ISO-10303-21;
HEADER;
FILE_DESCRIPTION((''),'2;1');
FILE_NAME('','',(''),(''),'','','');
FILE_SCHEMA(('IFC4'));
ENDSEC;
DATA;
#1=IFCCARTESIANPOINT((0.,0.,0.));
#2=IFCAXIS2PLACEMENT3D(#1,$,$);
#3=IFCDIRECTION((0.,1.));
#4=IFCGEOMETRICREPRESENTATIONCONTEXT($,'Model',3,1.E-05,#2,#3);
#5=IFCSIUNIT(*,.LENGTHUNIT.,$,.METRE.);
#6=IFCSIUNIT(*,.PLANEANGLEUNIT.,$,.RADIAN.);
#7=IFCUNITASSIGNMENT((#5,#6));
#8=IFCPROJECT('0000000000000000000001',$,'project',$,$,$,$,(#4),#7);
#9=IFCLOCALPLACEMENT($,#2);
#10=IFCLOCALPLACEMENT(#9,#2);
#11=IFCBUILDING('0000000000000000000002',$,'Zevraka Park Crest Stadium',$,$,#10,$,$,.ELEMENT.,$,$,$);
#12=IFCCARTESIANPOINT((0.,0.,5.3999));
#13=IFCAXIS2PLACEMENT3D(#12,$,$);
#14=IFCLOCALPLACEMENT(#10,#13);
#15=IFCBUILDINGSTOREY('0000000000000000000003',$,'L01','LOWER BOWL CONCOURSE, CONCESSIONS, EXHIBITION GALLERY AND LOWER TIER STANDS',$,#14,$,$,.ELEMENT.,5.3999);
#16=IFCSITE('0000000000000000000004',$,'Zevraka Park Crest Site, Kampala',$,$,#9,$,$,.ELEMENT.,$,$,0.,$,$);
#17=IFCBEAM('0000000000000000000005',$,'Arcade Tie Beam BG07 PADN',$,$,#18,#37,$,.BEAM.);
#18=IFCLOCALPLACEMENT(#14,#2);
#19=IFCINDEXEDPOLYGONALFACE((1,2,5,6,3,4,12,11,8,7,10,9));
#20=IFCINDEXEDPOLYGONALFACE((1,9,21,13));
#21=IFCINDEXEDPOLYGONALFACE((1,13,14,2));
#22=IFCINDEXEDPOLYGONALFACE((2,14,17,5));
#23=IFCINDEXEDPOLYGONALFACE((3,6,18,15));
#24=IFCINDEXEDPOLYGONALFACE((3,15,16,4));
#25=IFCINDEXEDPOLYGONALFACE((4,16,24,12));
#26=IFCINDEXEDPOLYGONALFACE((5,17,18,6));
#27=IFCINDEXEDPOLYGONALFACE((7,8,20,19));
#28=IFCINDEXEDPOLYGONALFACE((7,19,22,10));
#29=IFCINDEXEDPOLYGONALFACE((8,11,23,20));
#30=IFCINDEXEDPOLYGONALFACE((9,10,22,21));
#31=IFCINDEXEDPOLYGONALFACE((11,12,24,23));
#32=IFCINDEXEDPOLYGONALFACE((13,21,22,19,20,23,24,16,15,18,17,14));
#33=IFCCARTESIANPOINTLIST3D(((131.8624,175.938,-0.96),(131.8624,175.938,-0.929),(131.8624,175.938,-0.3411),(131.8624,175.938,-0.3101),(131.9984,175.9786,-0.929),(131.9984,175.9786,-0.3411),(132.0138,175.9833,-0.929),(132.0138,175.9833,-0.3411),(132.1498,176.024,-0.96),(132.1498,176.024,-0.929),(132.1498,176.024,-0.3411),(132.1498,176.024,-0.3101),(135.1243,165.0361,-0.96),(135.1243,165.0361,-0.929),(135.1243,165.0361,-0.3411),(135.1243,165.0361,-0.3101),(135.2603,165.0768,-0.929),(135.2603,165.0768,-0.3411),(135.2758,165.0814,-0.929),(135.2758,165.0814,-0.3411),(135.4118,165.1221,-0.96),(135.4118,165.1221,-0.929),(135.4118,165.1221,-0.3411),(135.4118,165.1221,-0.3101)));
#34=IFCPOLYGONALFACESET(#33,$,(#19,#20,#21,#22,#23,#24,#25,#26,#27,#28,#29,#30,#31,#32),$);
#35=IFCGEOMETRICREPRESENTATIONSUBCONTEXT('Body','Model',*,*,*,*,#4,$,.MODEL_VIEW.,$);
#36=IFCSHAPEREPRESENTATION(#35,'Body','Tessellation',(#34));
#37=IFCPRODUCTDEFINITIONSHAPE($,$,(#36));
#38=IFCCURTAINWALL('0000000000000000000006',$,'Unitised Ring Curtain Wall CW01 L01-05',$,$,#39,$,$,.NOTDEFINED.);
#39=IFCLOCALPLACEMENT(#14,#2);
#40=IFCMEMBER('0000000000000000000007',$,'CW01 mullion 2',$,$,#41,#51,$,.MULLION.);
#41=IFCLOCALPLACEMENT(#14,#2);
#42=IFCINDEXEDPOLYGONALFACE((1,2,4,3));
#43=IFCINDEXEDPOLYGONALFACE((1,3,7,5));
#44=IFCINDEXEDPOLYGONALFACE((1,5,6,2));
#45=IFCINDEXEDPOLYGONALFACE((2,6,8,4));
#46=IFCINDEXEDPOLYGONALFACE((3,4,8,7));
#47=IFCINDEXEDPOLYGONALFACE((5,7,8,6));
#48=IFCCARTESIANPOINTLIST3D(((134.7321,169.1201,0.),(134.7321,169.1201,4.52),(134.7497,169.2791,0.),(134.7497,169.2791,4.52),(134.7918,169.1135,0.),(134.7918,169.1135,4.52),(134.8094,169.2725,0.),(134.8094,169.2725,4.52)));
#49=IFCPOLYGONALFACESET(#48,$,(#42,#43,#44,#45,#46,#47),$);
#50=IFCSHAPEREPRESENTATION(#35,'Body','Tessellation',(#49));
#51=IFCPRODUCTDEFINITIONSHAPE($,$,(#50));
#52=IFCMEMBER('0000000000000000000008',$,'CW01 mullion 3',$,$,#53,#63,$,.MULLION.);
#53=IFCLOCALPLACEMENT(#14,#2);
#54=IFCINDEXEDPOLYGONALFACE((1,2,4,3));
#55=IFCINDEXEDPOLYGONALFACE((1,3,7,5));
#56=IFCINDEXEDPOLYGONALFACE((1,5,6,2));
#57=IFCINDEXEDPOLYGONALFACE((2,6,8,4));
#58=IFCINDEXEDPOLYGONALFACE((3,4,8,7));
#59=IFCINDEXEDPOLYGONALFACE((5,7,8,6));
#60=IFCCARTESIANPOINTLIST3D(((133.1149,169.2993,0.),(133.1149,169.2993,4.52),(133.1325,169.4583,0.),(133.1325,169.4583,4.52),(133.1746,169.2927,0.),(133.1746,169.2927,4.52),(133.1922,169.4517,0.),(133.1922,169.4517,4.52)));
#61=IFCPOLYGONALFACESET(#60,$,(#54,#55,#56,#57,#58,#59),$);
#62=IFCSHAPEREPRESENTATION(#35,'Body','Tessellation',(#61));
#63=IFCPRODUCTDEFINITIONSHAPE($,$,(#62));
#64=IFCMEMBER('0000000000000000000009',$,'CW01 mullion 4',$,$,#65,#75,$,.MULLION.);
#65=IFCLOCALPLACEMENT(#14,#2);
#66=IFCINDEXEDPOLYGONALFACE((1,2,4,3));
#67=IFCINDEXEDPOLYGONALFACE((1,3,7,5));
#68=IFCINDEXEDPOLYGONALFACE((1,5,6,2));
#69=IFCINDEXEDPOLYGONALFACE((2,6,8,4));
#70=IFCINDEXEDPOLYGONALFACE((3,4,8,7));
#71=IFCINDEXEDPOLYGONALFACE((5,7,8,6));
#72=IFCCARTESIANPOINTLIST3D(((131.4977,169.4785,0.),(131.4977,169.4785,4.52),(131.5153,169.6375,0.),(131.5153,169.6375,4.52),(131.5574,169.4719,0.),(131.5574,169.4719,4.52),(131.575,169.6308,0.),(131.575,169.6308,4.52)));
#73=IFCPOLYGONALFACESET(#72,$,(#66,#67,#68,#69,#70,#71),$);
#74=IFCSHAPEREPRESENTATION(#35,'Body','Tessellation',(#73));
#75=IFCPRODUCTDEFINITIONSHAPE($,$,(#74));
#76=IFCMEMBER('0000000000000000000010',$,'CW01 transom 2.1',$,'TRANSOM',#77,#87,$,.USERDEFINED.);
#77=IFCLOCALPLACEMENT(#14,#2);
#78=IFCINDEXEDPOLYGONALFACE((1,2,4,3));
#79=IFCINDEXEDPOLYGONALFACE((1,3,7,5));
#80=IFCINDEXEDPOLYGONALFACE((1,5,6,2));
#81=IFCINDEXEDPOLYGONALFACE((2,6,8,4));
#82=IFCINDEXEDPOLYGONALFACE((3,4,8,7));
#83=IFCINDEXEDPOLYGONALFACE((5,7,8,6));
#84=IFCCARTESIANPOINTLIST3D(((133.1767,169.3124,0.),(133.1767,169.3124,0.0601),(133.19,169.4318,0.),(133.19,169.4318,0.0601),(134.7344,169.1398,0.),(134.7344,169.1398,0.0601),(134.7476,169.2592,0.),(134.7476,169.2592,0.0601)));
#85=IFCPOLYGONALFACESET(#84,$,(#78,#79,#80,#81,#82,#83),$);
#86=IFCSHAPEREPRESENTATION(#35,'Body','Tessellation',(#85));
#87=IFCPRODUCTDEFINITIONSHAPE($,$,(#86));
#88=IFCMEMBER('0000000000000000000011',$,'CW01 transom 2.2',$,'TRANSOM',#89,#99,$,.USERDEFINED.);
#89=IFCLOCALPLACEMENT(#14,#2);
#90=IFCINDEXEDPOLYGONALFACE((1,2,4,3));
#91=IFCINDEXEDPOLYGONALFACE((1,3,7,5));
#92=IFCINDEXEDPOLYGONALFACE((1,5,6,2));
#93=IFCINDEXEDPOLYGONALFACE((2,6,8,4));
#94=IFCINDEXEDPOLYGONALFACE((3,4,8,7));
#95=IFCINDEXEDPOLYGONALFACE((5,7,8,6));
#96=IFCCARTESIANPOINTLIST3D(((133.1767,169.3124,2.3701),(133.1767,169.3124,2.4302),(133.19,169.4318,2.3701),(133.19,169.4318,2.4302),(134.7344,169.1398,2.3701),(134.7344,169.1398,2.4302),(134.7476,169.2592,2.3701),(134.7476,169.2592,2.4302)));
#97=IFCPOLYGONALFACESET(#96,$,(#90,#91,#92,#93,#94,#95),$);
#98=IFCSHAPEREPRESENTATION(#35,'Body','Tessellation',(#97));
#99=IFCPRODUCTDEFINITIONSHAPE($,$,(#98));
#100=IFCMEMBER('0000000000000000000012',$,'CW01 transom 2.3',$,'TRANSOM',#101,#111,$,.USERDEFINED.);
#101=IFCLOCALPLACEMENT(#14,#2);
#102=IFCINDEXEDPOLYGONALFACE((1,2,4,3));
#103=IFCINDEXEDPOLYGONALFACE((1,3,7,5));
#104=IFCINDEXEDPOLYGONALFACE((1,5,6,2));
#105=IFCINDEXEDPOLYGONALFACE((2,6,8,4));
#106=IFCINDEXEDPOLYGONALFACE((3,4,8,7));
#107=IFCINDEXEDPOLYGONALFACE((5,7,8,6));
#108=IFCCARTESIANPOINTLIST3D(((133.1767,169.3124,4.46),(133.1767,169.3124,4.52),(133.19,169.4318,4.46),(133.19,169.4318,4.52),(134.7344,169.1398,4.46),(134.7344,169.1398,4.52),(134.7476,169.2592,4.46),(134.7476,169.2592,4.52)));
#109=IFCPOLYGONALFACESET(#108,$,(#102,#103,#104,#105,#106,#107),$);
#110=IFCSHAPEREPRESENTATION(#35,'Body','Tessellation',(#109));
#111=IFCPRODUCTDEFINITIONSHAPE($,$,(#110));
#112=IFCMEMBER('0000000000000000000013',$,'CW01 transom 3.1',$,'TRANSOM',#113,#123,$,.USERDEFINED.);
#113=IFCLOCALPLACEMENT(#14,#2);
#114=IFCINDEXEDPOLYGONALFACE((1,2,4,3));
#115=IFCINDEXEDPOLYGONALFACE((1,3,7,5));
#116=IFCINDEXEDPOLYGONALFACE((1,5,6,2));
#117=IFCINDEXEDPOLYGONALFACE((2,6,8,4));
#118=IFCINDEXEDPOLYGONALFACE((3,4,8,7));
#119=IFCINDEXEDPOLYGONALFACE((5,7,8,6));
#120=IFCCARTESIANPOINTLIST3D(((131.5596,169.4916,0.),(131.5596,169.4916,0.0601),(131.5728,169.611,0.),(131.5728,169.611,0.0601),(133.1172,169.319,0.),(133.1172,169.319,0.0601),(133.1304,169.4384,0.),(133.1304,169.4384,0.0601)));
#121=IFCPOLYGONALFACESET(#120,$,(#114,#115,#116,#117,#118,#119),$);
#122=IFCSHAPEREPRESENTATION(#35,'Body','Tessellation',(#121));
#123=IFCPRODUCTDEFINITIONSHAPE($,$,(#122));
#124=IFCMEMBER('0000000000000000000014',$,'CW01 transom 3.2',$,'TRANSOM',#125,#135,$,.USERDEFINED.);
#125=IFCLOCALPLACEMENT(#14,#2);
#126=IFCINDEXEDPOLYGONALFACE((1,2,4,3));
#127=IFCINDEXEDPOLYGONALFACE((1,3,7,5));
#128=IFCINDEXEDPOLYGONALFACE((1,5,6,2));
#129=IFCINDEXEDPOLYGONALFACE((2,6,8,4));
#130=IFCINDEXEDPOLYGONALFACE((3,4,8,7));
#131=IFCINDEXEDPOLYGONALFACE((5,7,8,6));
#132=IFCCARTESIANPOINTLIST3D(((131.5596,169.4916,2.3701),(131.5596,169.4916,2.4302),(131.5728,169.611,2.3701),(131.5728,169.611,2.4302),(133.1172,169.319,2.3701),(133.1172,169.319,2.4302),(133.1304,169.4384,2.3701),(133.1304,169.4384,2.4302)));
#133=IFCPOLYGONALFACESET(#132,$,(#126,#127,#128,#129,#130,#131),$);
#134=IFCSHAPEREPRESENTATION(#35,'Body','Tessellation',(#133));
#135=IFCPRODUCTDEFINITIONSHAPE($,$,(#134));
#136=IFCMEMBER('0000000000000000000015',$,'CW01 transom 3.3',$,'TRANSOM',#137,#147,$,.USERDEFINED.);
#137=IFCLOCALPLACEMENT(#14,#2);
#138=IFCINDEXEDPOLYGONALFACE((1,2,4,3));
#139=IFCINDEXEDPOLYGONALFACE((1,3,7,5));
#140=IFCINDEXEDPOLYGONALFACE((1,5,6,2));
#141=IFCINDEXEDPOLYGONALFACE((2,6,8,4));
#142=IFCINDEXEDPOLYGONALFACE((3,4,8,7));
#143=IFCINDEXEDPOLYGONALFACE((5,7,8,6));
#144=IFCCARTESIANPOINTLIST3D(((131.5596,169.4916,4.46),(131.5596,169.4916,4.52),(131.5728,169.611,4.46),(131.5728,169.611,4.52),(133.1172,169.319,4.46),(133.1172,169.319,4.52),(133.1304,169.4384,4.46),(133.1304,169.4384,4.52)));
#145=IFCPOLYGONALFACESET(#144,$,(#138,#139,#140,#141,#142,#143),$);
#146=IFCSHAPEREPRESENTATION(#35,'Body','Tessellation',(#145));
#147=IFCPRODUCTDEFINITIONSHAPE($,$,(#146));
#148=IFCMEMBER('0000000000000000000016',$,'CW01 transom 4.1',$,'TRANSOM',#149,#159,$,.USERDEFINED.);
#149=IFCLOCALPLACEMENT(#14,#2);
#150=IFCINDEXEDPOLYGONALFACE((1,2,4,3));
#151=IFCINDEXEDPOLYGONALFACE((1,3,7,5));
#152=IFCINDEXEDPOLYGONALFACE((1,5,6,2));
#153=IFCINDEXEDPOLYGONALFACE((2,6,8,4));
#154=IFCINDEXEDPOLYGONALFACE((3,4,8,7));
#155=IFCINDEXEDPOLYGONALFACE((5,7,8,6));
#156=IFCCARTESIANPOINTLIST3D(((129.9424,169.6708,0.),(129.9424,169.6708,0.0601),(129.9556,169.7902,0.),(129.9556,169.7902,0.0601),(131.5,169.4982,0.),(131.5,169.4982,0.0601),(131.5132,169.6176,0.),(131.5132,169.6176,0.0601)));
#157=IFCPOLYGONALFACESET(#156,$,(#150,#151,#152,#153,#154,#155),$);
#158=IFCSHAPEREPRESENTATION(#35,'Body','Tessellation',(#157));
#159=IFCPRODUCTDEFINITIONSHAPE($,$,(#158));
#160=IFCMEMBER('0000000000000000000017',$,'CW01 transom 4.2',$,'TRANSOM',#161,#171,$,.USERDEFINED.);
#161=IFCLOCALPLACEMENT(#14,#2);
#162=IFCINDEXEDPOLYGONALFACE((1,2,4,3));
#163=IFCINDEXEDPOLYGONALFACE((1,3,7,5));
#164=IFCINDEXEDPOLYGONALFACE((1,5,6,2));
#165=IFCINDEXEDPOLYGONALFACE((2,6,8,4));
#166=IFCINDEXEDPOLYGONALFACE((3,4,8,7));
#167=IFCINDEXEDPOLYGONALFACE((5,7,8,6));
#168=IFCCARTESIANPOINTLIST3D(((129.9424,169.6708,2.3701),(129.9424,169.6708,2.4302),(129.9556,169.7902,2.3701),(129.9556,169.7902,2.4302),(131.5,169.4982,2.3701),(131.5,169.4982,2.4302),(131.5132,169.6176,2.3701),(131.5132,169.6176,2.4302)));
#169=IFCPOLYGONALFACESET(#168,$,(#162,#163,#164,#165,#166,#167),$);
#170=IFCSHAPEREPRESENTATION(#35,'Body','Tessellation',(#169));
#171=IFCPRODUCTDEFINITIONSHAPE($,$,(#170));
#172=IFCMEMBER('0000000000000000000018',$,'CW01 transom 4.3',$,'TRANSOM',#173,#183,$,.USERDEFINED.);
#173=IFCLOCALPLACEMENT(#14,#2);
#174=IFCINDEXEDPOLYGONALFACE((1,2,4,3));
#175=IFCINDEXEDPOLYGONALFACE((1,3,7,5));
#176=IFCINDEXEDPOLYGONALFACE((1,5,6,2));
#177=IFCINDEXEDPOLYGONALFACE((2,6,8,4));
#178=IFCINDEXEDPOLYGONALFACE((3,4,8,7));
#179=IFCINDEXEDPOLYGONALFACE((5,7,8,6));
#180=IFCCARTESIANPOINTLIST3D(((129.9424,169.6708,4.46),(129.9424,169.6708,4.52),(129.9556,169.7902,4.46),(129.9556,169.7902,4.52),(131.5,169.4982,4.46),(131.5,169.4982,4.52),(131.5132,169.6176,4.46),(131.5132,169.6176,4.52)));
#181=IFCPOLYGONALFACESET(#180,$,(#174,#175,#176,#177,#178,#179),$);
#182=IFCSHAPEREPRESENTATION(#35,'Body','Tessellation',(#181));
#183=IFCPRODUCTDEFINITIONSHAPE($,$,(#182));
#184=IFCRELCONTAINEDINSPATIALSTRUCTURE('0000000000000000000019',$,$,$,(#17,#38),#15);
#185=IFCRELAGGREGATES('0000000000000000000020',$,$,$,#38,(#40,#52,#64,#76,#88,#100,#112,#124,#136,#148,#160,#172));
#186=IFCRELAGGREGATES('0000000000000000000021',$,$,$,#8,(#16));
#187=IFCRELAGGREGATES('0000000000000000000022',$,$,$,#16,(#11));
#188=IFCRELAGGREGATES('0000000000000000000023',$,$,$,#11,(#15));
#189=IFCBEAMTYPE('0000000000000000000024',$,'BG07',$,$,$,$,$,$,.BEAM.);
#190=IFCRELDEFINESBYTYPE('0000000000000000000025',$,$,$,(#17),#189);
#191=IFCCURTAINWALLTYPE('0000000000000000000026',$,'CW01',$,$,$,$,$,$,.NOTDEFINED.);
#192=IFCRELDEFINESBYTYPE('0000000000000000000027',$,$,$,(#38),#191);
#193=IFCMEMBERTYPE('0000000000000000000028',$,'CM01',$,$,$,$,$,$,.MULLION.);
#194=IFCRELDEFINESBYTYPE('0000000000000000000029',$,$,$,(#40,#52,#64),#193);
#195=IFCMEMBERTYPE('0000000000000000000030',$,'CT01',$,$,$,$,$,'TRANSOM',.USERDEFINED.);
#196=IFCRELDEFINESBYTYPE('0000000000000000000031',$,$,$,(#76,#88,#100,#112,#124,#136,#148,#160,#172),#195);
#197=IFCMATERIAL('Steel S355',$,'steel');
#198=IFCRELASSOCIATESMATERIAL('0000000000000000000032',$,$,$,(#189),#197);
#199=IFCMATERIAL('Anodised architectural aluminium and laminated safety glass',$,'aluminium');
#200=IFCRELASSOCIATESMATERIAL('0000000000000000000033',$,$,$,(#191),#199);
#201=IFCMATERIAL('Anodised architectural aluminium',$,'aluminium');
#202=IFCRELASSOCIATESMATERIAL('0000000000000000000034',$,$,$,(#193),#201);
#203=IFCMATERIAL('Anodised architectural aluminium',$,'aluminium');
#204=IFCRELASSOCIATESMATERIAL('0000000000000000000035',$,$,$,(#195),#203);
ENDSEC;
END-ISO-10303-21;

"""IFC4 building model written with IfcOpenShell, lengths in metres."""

from ifc_helpers import new_model, si_unit, direction, frame, origin, origin_2d, place, context, subcontext, project, spatial, rectangle, i_section, extrude, material, material_profile, profile_set, type_object, element, aggregate, save


model = new_model("IFC4")

# Units and contexts
model_context = context("Model", 3, precision=1e-05, world=origin(), true_north=direction((0.0, 1.0)))
body_context = subcontext(model_context, "Body", "Model", "MODEL_VIEW")
ifc_project = project(units=[si_unit("LENGTHUNIT", "METRE"), si_unit("PLANEANGLEUNIT", "RADIAN")], contexts=[model_context])

# Site, building, storey
site_placement = place(None, origin())
site = spatial("IfcSite", under=ifc_project, at=site_placement, Name="Zevraka Park Crest Site, Kampala", CompositionType="ELEMENT", RefElevation=0.0)
building_placement = place(site_placement, origin())
building = spatial("IfcBuilding", under=site, at=building_placement, Name="Zevraka Park Crest Stadium", CompositionType="ELEMENT")
storey_placement = place(building_placement, frame((0.0, 0.0, 5.3999)))
storey = spatial("IfcBuildingStorey", under=building, at=storey_placement, Name="L01", Description="LOWER BOWL CONCOURSE, CONCESSIONS, EXHIBITION GALLERY AND LOWER TIER STANDS", CompositionType="ELEMENT", Elevation=5.3999)

# Beam
ifc_material_1 = material(Name="Steel S355", Category="steel")
ifc_material_profile_1 = material_profile(ifc_material_1, i_section(OverallWidth=0.3, OverallDepth=0.6499, WebThickness=0.0161, FlangeThickness=0.031, at=origin_2d()), Name="HEB 650")
ifc_profile_set_1 = profile_set([ifc_material_profile_1], Name="Steel S355")
beam_type = type_object("IfcBeamType", Name="BG07", PredefinedType="BEAM", material=ifc_profile_set_1)
beam_placement = place(storey_placement, frame((132.0061, 175.981, -0.635), z_axis=(0.286655, -0.958034, 0.0), x_axis=(0.958034, 0.286655, 0.0)))
element("IfcBeam", 1, at=beam_placement, inside=storey, type_object=beam_type, Name="Arcade Tie Beam BG07 PADN", PredefinedType="BEAM", context=body_context, shape_type="SweptSolid", body=[
    extrude(i_section(OverallWidth=0.3, OverallDepth=0.6499, WebThickness=0.0161, FlangeThickness=0.031, at=origin_2d()), origin(), (0.0, 0.0, 1.0), 11.3794),
])

# Curtain wall, members
ifc_material_2 = material(Name="Anodised architectural aluminium and laminated safety glass", Category="aluminium")
curtain_wall_type = type_object("IfcCurtainWallType", Name="CW01", PredefinedType="NOTDEFINED", material=ifc_material_2)
curtain_wall_placement = place(storey_placement, origin())
curtain_wall = element("IfcCurtainWall", 2, at=curtain_wall_placement, inside=storey, type_object=curtain_wall_type, Name="Unitised Ring Curtain Wall CW01 L01-05", PredefinedType="NOTDEFINED")
ifc_material_3 = material(Name="Anodised architectural aluminium", Category="aluminium")
ifc_material_profile_2 = material_profile(ifc_material_3, rectangle(XDim=0.1599, YDim=0.0601, at=origin_2d()), Name="ALU MULLION 160x60")
ifc_profile_set_2 = profile_set([ifc_material_profile_2], Name="Anodised architectural aluminium")
member_type_1 = type_object("IfcMemberType", Name="CM01", PredefinedType="MULLION", material=ifc_profile_set_2)
member_1_placement = place(storey_placement, frame((134.7708, 169.1963, 0.0), z_axis=(0.0, 0.0, 1.0), x_axis=(-0.110135, -0.993917, 0.0)))
member_1 = element("IfcMember", 3, at=member_1_placement, type_object=member_type_1, Name="CW01 mullion 2", PredefinedType="MULLION", context=body_context, shape_type="SweptSolid", body=[
    extrude(rectangle(XDim=0.1599, YDim=0.0601, at=origin_2d()), origin(), (0.0, 0.0, 1.0), 4.52),
])
member_2_placement = place(storey_placement, frame((133.1536, 169.3755, 0.0), z_axis=(0.0, 0.0, 1.0), x_axis=(-0.110135, -0.993917, 0.0)))
member_2 = element("IfcMember", 4, at=member_2_placement, type_object=member_type_1, Name="CW01 mullion 3", PredefinedType="MULLION", context=body_context, shape_type="SweptSolid", body=[
    extrude(rectangle(XDim=0.1599, YDim=0.0601, at=origin_2d()), origin(), (0.0, 0.0, 1.0), 4.52),
])
member_3_placement = place(storey_placement, frame((131.5364, 169.5547, 0.0), z_axis=(0.0, 0.0, 1.0), x_axis=(-0.110135, -0.993917, 0.0)))
member_3 = element("IfcMember", 5, at=member_3_placement, type_object=member_type_1, Name="CW01 mullion 4", PredefinedType="MULLION", context=body_context, shape_type="SweptSolid", body=[
    extrude(rectangle(XDim=0.1599, YDim=0.0601, at=origin_2d()), origin(), (0.0, 0.0, 1.0), 4.52),
])
ifc_material_4 = material(Name="Anodised architectural aluminium", Category="aluminium")
ifc_material_profile_3 = material_profile(ifc_material_4, rectangle(XDim=0.1201, YDim=0.0601, at=origin_2d()), Name="ALU TRANSOM 120x60")
ifc_profile_set_3 = profile_set([ifc_material_profile_3], Name="Anodised architectural aluminium")
member_type_2 = type_object("IfcMemberType", Name="CT01", ElementType="TRANSOM", PredefinedType="USERDEFINED", material=ifc_profile_set_3)
member_4_placement = place(storey_placement, frame((134.741, 169.1995, 0.03), z_axis=(-0.993916, 0.110141, 0.0), x_axis=(-0.110141, -0.993916, 0.0)))
member_4 = element("IfcMember", 6, at=member_4_placement, type_object=member_type_2, Name="CW01 transom 2.1", ObjectType="TRANSOM", PredefinedType="USERDEFINED", context=body_context, shape_type="SweptSolid", body=[
    extrude(rectangle(XDim=0.1201, YDim=0.0601, at=origin_2d()), origin(), (0.0, 0.0, 1.0), 1.5671),
])
member_5_placement = place(storey_placement, frame((134.741, 169.1995, 2.4001), z_axis=(-0.993916, 0.110141, 0.0), x_axis=(-0.110141, -0.993916, 0.0)))
member_5 = element("IfcMember", 7, at=member_5_placement, type_object=member_type_2, Name="CW01 transom 2.2", ObjectType="TRANSOM", PredefinedType="USERDEFINED", context=body_context, shape_type="SweptSolid", body=[
    extrude(rectangle(XDim=0.1201, YDim=0.0601, at=origin_2d()), origin(), (0.0, 0.0, 1.0), 1.5671),
])
member_6_placement = place(storey_placement, frame((134.741, 169.1995, 4.49), z_axis=(-0.993916, 0.110141, 0.0), x_axis=(-0.110141, -0.993916, 0.0)))
member_6 = element("IfcMember", 8, at=member_6_placement, type_object=member_type_2, Name="CW01 transom 2.3", ObjectType="TRANSOM", PredefinedType="USERDEFINED", context=body_context, shape_type="SweptSolid", body=[
    extrude(rectangle(XDim=0.1201, YDim=0.0601, at=origin_2d()), origin(), (0.0, 0.0, 1.0), 1.5671),
])
member_7_placement = place(storey_placement, frame((133.1238, 169.3787, 0.03), z_axis=(-0.993916, 0.110141, 0.0), x_axis=(-0.110141, -0.993916, 0.0)))
member_7 = element("IfcMember", 9, at=member_7_placement, type_object=member_type_2, Name="CW01 transom 3.1", ObjectType="TRANSOM", PredefinedType="USERDEFINED", context=body_context, shape_type="SweptSolid", body=[
    extrude(rectangle(XDim=0.1201, YDim=0.0601, at=origin_2d()), origin(), (0.0, 0.0, 1.0), 1.5671),
])
member_8_placement = place(storey_placement, frame((133.1238, 169.3787, 2.4001), z_axis=(-0.993916, 0.110141, 0.0), x_axis=(-0.110141, -0.993916, 0.0)))
member_8 = element("IfcMember", 10, at=member_8_placement, type_object=member_type_2, Name="CW01 transom 3.2", ObjectType="TRANSOM", PredefinedType="USERDEFINED", context=body_context, shape_type="SweptSolid", body=[
    extrude(rectangle(XDim=0.1201, YDim=0.0601, at=origin_2d()), origin(), (0.0, 0.0, 1.0), 1.5671),
])
member_9_placement = place(storey_placement, frame((133.1238, 169.3787, 4.49), z_axis=(-0.993916, 0.110141, 0.0), x_axis=(-0.110141, -0.993916, 0.0)))
member_9 = element("IfcMember", 11, at=member_9_placement, type_object=member_type_2, Name="CW01 transom 3.3", ObjectType="TRANSOM", PredefinedType="USERDEFINED", context=body_context, shape_type="SweptSolid", body=[
    extrude(rectangle(XDim=0.1201, YDim=0.0601, at=origin_2d()), origin(), (0.0, 0.0, 1.0), 1.5671),
])
member_10_placement = place(storey_placement, frame((131.5066, 169.5579, 0.03), z_axis=(-0.993916, 0.110141, 0.0), x_axis=(-0.110141, -0.993916, 0.0)))
member_10 = element("IfcMember", 12, at=member_10_placement, type_object=member_type_2, Name="CW01 transom 4.1", ObjectType="TRANSOM", PredefinedType="USERDEFINED", context=body_context, shape_type="SweptSolid", body=[
    extrude(rectangle(XDim=0.1201, YDim=0.0601, at=origin_2d()), origin(), (0.0, 0.0, 1.0), 1.5671),
])
member_11_placement = place(storey_placement, frame((131.5066, 169.5579, 2.4001), z_axis=(-0.993916, 0.110141, 0.0), x_axis=(-0.110141, -0.993916, 0.0)))
member_11 = element("IfcMember", 13, at=member_11_placement, type_object=member_type_2, Name="CW01 transom 4.2", ObjectType="TRANSOM", PredefinedType="USERDEFINED", context=body_context, shape_type="SweptSolid", body=[
    extrude(rectangle(XDim=0.1201, YDim=0.0601, at=origin_2d()), origin(), (0.0, 0.0, 1.0), 1.5671),
])
member_12_placement = place(storey_placement, frame((131.5066, 169.5579, 4.49), z_axis=(-0.993916, 0.110141, 0.0), x_axis=(-0.110141, -0.993916, 0.0)))
member_12 = element("IfcMember", 14, at=member_12_placement, type_object=member_type_2, Name="CW01 transom 4.3", ObjectType="TRANSOM", PredefinedType="USERDEFINED", context=body_context, shape_type="SweptSolid", body=[
    extrude(rectangle(XDim=0.1201, YDim=0.0601, at=origin_2d()), origin(), (0.0, 0.0, 1.0), 1.5671),
])
aggregate(curtain_wall, [member_1, member_2, member_3, member_4, member_5, member_6, member_7, member_8, member_9, member_10, member_11, member_12])

save(model, "model.ifc")
